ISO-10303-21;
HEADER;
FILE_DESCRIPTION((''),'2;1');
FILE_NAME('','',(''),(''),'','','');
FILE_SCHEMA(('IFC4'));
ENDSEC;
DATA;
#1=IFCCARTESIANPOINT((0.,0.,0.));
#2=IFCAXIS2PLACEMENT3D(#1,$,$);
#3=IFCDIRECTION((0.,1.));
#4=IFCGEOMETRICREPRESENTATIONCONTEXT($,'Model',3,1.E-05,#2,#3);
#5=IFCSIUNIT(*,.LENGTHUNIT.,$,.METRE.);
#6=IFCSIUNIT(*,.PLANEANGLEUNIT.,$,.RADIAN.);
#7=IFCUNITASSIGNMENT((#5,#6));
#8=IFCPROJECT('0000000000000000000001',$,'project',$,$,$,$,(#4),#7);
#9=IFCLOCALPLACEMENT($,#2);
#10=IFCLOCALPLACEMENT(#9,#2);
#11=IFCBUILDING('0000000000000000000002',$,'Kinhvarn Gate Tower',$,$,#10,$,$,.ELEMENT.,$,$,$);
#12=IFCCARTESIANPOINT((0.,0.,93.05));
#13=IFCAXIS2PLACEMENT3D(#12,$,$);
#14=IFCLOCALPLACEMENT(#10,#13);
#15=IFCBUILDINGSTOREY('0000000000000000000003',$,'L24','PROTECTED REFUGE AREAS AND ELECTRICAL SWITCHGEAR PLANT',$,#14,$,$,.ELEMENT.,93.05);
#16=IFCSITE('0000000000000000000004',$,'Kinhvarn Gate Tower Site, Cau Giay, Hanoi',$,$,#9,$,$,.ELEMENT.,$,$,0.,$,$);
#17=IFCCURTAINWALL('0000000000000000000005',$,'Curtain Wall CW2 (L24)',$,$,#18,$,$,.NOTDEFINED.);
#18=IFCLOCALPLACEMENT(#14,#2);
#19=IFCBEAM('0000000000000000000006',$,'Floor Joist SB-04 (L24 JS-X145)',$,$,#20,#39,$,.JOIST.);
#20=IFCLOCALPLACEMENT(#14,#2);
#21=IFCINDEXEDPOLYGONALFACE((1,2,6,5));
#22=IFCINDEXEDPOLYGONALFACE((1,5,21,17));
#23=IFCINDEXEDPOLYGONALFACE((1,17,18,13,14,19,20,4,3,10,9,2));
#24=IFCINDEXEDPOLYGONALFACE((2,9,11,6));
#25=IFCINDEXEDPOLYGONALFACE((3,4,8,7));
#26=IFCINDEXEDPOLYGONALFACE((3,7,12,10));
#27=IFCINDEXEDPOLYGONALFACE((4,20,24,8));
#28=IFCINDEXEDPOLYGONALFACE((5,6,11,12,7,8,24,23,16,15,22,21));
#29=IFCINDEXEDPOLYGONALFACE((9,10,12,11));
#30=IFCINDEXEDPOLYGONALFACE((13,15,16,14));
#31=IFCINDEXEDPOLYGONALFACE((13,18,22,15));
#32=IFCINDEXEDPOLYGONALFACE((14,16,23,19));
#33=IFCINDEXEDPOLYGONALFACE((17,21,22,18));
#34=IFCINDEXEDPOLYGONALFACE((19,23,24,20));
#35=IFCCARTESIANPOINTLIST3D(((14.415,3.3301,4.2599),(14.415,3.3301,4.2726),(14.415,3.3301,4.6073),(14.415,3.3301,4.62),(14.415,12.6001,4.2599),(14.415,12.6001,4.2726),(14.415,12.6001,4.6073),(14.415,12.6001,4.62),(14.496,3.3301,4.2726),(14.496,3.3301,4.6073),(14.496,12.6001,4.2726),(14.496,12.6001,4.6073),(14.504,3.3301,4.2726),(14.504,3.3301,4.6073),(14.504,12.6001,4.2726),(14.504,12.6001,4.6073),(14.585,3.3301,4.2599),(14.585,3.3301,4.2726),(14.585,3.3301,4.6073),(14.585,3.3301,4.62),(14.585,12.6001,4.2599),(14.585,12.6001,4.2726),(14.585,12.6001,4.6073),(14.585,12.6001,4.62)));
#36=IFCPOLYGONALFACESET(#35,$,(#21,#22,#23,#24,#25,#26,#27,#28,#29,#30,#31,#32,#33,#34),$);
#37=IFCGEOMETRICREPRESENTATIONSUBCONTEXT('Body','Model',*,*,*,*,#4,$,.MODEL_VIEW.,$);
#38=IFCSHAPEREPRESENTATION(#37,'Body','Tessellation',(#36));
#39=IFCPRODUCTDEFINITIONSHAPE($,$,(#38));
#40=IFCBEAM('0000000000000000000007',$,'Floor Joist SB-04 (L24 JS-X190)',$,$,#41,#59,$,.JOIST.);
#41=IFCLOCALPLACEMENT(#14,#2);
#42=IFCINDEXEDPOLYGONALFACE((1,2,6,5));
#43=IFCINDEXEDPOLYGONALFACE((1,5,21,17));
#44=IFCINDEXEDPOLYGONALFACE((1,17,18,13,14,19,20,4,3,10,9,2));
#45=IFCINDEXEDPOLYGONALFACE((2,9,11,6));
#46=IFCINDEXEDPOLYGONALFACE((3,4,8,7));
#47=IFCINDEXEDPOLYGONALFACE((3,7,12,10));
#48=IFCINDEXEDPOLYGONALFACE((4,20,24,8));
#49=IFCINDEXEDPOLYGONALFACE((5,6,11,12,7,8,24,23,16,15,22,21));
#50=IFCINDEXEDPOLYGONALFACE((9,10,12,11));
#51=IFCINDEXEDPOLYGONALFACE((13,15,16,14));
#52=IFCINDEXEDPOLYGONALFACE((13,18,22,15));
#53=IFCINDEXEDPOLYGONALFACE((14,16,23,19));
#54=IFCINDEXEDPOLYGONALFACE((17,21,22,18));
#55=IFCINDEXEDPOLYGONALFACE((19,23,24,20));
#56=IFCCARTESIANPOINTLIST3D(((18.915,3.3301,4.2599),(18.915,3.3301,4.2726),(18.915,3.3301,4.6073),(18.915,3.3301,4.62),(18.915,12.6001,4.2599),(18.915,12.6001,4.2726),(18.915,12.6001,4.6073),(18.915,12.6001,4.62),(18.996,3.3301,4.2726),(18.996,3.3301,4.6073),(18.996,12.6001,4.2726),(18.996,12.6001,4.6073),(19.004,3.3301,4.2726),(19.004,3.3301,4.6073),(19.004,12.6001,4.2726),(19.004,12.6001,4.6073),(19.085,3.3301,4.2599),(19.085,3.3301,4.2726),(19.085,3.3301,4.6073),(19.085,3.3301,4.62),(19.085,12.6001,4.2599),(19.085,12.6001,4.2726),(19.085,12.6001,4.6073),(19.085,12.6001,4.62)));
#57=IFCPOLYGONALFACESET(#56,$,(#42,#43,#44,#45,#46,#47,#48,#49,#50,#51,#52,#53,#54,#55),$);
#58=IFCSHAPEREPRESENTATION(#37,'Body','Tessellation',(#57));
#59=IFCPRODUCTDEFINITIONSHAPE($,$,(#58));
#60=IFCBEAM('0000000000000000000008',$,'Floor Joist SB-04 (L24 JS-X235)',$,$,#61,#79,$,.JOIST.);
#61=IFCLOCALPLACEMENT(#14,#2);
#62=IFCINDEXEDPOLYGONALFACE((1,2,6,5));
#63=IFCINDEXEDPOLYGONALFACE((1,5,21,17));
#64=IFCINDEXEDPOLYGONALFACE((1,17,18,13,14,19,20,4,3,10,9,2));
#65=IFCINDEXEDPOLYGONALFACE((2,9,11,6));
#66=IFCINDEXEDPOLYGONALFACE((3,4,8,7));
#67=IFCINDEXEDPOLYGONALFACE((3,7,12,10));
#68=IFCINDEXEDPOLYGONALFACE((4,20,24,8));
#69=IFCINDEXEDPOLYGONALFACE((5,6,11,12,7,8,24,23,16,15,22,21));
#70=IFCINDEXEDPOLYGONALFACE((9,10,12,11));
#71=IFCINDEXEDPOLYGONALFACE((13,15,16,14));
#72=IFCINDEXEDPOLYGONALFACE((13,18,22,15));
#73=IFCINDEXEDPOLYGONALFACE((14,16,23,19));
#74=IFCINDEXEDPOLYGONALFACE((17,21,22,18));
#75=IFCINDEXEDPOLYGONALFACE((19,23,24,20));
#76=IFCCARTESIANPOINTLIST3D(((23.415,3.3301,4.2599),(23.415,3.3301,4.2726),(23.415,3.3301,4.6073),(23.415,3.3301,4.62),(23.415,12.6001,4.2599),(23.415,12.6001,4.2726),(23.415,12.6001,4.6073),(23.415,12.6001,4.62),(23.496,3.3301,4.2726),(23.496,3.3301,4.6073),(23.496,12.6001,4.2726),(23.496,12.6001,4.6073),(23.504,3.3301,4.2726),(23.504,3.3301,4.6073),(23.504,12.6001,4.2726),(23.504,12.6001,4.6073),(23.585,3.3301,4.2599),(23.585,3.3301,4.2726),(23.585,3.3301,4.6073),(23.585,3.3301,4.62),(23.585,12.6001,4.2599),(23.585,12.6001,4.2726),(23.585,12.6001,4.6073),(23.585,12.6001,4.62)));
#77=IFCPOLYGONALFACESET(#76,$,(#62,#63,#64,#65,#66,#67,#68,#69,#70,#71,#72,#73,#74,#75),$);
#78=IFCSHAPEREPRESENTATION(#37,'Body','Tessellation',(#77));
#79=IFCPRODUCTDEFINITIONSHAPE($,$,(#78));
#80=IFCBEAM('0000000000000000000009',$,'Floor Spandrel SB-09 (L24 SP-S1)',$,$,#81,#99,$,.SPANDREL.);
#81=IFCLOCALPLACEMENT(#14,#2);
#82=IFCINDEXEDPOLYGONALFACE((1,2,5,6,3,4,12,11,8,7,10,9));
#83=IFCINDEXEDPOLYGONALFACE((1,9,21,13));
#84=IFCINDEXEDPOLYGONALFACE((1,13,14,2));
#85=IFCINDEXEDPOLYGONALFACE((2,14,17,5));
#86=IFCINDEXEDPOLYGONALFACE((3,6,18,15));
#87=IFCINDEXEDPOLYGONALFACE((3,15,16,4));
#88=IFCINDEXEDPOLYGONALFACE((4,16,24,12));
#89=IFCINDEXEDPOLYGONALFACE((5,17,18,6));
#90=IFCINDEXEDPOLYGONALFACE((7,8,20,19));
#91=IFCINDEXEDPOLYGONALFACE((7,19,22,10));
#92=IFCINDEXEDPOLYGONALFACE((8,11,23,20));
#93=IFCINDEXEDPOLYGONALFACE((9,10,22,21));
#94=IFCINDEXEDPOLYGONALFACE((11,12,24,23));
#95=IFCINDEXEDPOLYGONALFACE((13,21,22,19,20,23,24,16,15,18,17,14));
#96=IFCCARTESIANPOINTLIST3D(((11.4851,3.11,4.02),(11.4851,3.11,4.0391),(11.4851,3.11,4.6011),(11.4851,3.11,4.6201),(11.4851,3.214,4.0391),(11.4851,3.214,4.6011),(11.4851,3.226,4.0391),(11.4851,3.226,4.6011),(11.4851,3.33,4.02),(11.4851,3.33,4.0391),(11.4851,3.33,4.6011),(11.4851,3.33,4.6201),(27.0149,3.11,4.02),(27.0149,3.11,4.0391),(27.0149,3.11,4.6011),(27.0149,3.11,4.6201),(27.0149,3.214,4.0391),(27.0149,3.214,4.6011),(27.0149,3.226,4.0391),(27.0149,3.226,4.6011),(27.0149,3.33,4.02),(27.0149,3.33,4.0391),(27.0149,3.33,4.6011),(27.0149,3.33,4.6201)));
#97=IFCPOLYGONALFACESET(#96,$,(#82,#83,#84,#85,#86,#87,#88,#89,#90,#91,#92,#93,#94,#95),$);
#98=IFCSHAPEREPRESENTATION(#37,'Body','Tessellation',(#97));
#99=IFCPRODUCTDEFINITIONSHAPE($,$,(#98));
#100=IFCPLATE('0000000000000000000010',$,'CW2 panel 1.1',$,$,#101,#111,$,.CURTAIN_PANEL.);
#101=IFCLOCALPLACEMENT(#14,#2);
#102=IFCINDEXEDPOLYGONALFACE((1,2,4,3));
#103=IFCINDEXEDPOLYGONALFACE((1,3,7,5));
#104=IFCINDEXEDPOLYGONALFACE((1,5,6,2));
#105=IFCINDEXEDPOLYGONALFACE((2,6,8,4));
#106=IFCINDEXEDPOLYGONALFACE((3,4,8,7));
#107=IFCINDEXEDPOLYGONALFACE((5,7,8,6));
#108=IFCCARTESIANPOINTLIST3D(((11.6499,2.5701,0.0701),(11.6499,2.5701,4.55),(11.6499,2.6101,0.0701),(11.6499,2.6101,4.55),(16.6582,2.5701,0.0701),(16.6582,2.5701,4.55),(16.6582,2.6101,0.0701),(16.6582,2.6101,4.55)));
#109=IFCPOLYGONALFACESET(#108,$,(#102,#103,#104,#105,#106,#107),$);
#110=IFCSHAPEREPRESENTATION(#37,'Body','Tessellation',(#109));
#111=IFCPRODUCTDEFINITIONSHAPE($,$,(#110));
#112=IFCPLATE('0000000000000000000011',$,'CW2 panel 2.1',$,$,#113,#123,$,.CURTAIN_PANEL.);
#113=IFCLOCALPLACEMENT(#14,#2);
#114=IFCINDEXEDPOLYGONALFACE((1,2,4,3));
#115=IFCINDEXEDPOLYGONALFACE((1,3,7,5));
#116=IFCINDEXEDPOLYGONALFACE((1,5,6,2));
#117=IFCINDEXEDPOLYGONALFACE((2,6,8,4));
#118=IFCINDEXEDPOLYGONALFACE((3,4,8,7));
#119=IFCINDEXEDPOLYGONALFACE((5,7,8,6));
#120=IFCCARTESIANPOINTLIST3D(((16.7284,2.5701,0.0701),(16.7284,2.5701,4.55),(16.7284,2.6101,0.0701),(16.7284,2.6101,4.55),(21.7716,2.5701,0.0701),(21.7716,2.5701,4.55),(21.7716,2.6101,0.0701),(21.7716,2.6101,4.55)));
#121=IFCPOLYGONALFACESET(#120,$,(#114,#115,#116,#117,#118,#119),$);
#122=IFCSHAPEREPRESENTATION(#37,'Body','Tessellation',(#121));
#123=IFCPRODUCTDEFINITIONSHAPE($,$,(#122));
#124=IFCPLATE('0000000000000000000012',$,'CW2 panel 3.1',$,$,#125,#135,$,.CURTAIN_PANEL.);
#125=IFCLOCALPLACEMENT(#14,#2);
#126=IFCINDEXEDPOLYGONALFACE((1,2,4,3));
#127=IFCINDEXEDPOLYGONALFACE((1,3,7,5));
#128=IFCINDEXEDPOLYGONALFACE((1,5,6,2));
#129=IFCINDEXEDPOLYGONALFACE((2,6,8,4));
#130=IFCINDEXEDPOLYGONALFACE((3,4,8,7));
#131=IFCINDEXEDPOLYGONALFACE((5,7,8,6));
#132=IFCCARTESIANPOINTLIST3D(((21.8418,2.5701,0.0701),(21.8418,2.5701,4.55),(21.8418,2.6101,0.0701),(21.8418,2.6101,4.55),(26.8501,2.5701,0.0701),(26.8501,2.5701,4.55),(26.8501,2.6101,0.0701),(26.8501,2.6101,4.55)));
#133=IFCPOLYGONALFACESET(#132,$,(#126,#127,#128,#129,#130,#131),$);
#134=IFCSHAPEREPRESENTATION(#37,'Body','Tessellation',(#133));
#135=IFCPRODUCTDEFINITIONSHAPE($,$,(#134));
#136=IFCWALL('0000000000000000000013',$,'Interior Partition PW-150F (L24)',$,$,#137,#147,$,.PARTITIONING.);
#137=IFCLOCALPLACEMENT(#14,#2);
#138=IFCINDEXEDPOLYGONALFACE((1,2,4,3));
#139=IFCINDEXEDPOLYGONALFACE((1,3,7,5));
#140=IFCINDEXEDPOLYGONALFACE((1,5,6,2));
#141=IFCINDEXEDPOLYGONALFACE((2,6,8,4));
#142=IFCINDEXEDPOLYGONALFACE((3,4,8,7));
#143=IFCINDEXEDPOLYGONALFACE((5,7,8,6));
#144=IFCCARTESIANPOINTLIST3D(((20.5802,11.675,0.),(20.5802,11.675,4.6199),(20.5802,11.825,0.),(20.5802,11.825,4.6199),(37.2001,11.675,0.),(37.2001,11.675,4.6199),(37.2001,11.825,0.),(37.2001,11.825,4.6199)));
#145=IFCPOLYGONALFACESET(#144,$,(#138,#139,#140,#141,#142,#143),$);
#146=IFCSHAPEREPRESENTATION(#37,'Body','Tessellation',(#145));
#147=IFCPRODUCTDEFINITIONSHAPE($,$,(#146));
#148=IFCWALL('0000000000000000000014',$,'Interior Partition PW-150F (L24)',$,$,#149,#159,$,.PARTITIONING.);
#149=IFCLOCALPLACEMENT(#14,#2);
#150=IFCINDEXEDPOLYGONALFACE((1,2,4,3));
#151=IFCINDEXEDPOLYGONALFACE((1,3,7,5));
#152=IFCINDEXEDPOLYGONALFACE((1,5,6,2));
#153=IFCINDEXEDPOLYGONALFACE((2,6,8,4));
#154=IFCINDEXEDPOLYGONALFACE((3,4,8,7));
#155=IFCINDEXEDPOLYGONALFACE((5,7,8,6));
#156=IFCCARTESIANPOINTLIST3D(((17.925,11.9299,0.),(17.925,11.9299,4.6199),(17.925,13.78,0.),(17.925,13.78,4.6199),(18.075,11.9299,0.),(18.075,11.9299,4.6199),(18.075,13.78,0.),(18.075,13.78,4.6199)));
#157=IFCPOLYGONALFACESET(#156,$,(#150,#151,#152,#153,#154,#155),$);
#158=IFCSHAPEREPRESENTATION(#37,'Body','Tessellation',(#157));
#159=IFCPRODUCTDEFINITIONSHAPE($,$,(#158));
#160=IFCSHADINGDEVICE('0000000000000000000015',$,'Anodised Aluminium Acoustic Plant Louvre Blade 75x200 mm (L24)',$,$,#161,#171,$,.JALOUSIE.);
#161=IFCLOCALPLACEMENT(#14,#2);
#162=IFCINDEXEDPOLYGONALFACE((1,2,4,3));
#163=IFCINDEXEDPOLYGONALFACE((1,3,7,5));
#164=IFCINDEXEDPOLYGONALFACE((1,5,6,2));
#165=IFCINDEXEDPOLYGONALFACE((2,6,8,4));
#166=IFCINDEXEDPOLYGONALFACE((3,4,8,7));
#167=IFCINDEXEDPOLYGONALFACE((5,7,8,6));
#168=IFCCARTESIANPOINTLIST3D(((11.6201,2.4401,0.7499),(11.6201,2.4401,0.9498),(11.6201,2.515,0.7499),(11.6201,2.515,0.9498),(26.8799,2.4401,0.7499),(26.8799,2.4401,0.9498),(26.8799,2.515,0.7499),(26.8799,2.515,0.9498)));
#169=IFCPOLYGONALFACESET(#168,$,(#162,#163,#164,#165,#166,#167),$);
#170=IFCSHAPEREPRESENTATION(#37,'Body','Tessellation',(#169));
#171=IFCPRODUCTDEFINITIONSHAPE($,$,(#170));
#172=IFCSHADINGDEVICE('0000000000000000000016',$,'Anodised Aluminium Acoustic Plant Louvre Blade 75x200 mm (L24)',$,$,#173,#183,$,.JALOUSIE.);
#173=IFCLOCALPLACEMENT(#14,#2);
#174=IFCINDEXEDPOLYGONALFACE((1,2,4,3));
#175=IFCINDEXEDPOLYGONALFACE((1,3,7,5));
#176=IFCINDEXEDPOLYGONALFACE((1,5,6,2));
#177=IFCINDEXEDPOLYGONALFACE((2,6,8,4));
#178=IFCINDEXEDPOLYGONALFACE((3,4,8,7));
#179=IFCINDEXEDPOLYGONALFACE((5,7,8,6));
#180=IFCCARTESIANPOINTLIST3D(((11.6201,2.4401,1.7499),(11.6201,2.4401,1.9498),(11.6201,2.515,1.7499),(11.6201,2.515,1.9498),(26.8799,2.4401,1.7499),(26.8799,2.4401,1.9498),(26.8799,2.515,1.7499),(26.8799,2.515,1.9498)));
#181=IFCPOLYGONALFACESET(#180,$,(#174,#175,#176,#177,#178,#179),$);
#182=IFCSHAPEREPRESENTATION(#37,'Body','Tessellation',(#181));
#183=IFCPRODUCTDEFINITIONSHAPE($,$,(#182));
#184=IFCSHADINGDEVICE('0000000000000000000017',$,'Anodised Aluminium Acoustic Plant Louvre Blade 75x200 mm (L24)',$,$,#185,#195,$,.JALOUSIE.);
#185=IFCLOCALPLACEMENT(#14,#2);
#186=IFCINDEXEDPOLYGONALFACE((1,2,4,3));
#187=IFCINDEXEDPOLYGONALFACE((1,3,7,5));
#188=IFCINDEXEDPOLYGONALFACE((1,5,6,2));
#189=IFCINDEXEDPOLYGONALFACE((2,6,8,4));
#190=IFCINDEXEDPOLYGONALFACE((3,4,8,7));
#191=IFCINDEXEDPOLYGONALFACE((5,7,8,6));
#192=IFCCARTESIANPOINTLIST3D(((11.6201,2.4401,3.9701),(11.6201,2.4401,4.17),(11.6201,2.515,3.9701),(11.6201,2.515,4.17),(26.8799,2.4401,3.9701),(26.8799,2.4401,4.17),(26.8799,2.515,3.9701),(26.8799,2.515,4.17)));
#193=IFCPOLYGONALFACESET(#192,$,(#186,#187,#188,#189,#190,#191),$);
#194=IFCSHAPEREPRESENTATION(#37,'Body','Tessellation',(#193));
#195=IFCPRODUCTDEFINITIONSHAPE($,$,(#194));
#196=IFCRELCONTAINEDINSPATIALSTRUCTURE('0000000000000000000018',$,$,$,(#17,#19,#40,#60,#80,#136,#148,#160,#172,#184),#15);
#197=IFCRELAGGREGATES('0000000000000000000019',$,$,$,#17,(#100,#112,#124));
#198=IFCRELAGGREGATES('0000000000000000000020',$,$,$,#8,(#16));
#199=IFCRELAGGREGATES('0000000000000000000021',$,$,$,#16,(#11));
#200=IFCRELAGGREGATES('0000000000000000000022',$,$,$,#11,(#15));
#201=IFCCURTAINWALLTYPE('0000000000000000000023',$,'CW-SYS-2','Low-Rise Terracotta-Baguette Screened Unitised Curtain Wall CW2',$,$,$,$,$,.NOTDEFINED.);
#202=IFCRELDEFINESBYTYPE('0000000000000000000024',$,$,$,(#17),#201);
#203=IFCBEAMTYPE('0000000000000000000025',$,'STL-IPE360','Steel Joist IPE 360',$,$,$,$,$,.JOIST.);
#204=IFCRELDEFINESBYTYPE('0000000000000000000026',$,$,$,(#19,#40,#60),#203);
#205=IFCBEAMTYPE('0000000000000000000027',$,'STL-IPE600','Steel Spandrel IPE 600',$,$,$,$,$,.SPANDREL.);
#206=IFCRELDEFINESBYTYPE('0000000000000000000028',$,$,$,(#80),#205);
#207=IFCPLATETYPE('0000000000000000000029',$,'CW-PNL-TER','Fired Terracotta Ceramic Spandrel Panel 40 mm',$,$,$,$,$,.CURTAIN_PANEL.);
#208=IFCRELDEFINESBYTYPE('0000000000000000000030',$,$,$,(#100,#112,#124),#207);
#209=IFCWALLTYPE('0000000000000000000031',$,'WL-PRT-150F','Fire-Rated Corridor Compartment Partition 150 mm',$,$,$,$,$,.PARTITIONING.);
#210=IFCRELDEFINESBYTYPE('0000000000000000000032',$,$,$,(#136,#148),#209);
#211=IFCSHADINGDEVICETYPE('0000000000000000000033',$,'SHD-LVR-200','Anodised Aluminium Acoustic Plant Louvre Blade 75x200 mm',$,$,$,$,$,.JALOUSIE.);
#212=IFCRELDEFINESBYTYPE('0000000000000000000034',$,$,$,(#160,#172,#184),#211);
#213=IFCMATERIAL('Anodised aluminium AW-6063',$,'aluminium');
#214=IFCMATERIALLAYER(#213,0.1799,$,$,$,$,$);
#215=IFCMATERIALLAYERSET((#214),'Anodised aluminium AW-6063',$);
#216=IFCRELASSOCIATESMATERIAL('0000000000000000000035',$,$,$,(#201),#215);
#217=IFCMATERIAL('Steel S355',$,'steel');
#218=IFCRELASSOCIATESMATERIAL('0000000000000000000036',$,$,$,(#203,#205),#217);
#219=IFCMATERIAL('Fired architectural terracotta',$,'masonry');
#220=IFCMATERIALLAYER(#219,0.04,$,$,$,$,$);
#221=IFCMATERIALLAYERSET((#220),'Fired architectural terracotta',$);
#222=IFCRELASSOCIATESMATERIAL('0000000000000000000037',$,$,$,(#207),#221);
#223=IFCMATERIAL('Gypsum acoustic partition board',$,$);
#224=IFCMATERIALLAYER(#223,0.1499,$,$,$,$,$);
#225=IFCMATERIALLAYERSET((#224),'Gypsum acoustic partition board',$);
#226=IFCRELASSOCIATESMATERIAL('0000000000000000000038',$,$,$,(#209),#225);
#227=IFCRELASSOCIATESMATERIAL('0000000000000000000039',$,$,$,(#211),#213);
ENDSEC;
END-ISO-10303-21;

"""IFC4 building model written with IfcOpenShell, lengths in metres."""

from ifc_helpers import new_model, si_unit, direction, frame, frame_2d, origin, origin_2d, place, context, subcontext, project, spatial, rectangle, i_section, extrude, material, layer, layer_set, material_profile, profile_set, type_object, element, aggregate, save


model = new_model("IFC4")

# Units and contexts
model_context = context("Model", 3, precision=1e-05, world=origin(), true_north=direction((0.0, 1.0)))
body_context = subcontext(model_context, "Body", "Model", "MODEL_VIEW")
ifc_project = project(units=[si_unit("LENGTHUNIT", "METRE"), si_unit("PLANEANGLEUNIT", "RADIAN")], contexts=[model_context])

# Site, building, storey
site_placement = place(None, origin())
site = spatial("IfcSite", under=ifc_project, at=site_placement, Name="Kinhvarn Gate Tower Site, Cau Giay, Hanoi", CompositionType="ELEMENT", RefElevation=0.0)
building_placement = place(site_placement, origin())
building = spatial("IfcBuilding", under=site, at=building_placement, Name="Kinhvarn Gate Tower", CompositionType="ELEMENT")
storey_placement = place(building_placement, frame((0.0, 0.0, 93.05)))
storey = spatial("IfcBuildingStorey", under=building, at=storey_placement, Name="L24", Description="PROTECTED REFUGE AREAS AND ELECTRICAL SWITCHGEAR PLANT", CompositionType="ELEMENT", Elevation=93.05)

# Curtain wall
ifc_material_1 = material(Name="Anodised aluminium AW-6063", Category="aluminium")
ifc_layer_1 = layer(ifc_material_1, 0.1799)
ifc_layer_set_1 = layer_set([ifc_layer_1], Name="Anodised aluminium AW-6063")
curtain_wall_type = type_object("IfcCurtainWallType", Name="CW-SYS-2", Description="Low-Rise Terracotta-Baguette Screened Unitised Curtain Wall CW2", PredefinedType="NOTDEFINED", material=ifc_layer_set_1)
curtain_wall_placement = place(storey_placement, origin())
curtain_wall = element("IfcCurtainWall", 1, at=curtain_wall_placement, inside=storey, type_object=curtain_wall_type, Name="Curtain Wall CW2 (L24)", PredefinedType="NOTDEFINED")

# Beams
ifc_material_2 = material(Name="Steel S355", Category="steel")
ifc_material_profile_1 = material_profile(ifc_material_2, i_section(OverallWidth=0.1699, OverallDepth=0.3601, WebThickness=0.0081, FlangeThickness=0.0127, at=origin_2d()), Name="IPE 360")
ifc_profile_set_1 = profile_set([ifc_material_profile_1], Name="Steel S355")
beam_type_1 = type_object("IfcBeamType", Name="STL-IPE360", Description="Steel Joist IPE 360", PredefinedType="JOIST", material=ifc_profile_set_1)
for number, where, z_axis, x_axis, name in (
    (2, (14.5, 3.3301, 4.4399), (0.0, 1.0, 0.0), (-1.0, 0.0, 0.0), "Floor Joist SB-04 (L24 JS-X145)"),
    (3, (19.0, 3.3301, 4.4399), (0.0, 1.0, 0.0), (-1.0, 0.0, 0.0), "Floor Joist SB-04 (L24 JS-X190)"),
    (4, (23.5, 3.3301, 4.4399), (0.0, 1.0, 0.0), (-1.0, 0.0, 0.0), "Floor Joist SB-04 (L24 JS-X235)"),
):
    element("IfcBeam", number, at=place(storey_placement, frame(where, z_axis=z_axis, x_axis=x_axis)), inside=storey, type_object=beam_type_1, Name=name, PredefinedType="JOIST", context=body_context, shape_type="SweptSolid", body=[
        extrude(i_section(OverallWidth=0.1699, OverallDepth=0.3601, WebThickness=0.0081, FlangeThickness=0.0127, at=origin_2d()), origin(), (0.0, 0.0, 1.0), 9.27),
    ])
ifc_material_profile_2 = material_profile(ifc_material_2, i_section(OverallWidth=0.22, OverallDepth=0.6001, WebThickness=0.012, FlangeThickness=0.019, at=origin_2d()), Name="IPE 600")
ifc_profile_set_2 = profile_set([ifc_material_profile_2], Name="Steel S355")
beam_type_2 = type_object("IfcBeamType", Name="STL-IPE600", Description="Steel Spandrel IPE 600", PredefinedType="SPANDREL", material=ifc_profile_set_2)
beam_1_placement = place(storey_placement, frame((11.4851, 3.22, 4.3201), z_axis=(1.0, 0.0, 0.0), x_axis=(0.0, 1.0, 0.0)))
element("IfcBeam", 5, at=beam_1_placement, inside=storey, type_object=beam_type_2, Name="Floor Spandrel SB-09 (L24 SP-S1)", PredefinedType="SPANDREL", context=body_context, shape_type="SweptSolid", body=[
    extrude(i_section(OverallWidth=0.22, OverallDepth=0.6001, WebThickness=0.012, FlangeThickness=0.019, at=origin_2d()), origin(), (0.0, 0.0, 1.0), 15.5298),
])

# Plates
ifc_material_3 = material(Name="Fired architectural terracotta", Category="masonry")
ifc_layer_2 = layer(ifc_material_3, 0.04)
ifc_layer_set_2 = layer_set([ifc_layer_2], Name="Fired architectural terracotta")
plate_type = type_object("IfcPlateType", Name="CW-PNL-TER", Description="Fired Terracotta Ceramic Spandrel Panel 40 mm", PredefinedType="CURTAIN_PANEL", material=ifc_layer_set_2)
plate_1_placement = place(storey_placement, frame((14.1541, 2.5901, 0.0701), z_axis=(0.0, 0.0, 1.0), x_axis=(1.0, 0.0, 0.0)))
plate_1 = element("IfcPlate", 6, at=plate_1_placement, type_object=plate_type, Name="CW2 panel 1.1", PredefinedType="CURTAIN_PANEL", context=body_context, shape_type="SweptSolid", body=[
    extrude(rectangle(XDim=5.0083, YDim=0.04, at=origin_2d()), origin(), (0.0, 0.0, 1.0), 4.48),
])
plate_2_placement = place(storey_placement, frame((19.25, 2.5901, 0.0701), z_axis=(0.0, 0.0, 1.0), x_axis=(1.0, 0.0, 0.0)))
plate_2 = element("IfcPlate", 7, at=plate_2_placement, type_object=plate_type, Name="CW2 panel 2.1", PredefinedType="CURTAIN_PANEL", context=body_context, shape_type="SweptSolid", body=[
    extrude(rectangle(XDim=5.0432, YDim=0.04, at=origin_2d()), origin(), (0.0, 0.0, 1.0), 4.48),
])
plate_3_placement = place(storey_placement, frame((24.3459, 2.5901, 0.0701), z_axis=(0.0, 0.0, 1.0), x_axis=(1.0, 0.0, 0.0)))
plate_3 = element("IfcPlate", 8, at=plate_3_placement, type_object=plate_type, Name="CW2 panel 3.1", PredefinedType="CURTAIN_PANEL", context=body_context, shape_type="SweptSolid", body=[
    extrude(rectangle(XDim=5.0083, YDim=0.04, at=origin_2d()), origin(), (0.0, 0.0, 1.0), 4.48),
])
aggregate(curtain_wall, [plate_1, plate_2, plate_3])

# Shared definitions
ifc_material_4 = material(Name="Gypsum acoustic partition board")
ifc_layer_3 = layer(ifc_material_4, 0.1499)
ifc_layer_set_3 = layer_set([ifc_layer_3], Name="Gypsum acoustic partition board")
wall_type = type_object("IfcWallType", Name="WL-PRT-150F", Description="Fire-Rated Corridor Compartment Partition 150 mm", PredefinedType="PARTITIONING", material=ifc_layer_set_3)

# Walls
wall_1_placement = place(storey_placement, frame((20.5801, 11.75, 0.0), z_axis=(0.0, 0.0, 1.0), x_axis=(1.0, 0.0, 0.0)))
element("IfcWall", 9, at=wall_1_placement, inside=storey, type_object=wall_type, Name="Interior Partition PW-150F (L24)", PredefinedType="PARTITIONING", context=body_context, shape_type="SweptSolid", body=[
    extrude(rectangle(XDim=16.6199, YDim=0.1499, at=frame_2d((8.3101, 0.0))), origin(), (0.0, 0.0, 1.0), 4.6199),
])
wall_2_placement = place(storey_placement, frame((18.0, 11.9299, 0.0), z_axis=(0.0, 0.0, 1.0), x_axis=(0.0, 1.0, 0.0)))
element("IfcWall", 10, at=wall_2_placement, inside=storey, type_object=wall_type, Name="Interior Partition PW-150F (L24)", PredefinedType="PARTITIONING", context=body_context, shape_type="SweptSolid", body=[
    extrude(rectangle(XDim=1.8501, YDim=0.1499, at=frame_2d((0.925, 0.0))), origin(), (0.0, 0.0, 1.0), 4.6199),
])

# Shading devices
ifc_material_profile_3 = material_profile(ifc_material_1, rectangle(XDim=0.075, YDim=0.2, at=origin_2d()), Name="LOUVRE 75x200")
ifc_profile_set_3 = profile_set([ifc_material_profile_3], Name="Anodised aluminium AW-6063")
shading_device_type = type_object("IfcShadingDeviceType", Name="SHD-LVR-200", Description="Anodised Aluminium Acoustic Plant Louvre Blade 75x200 mm", PredefinedType="JALOUSIE", material=ifc_profile_set_3)
for number, where, z_axis, x_axis, name in (
    (11, (11.6201, 2.4775, 0.8499), (1.0, 0.0, 0.0), (0.0, 1.0, 0.0), "Anodised Aluminium Acoustic Plant Louvre Blade 75x200 mm (L24)"),
    (12, (11.6201, 2.4775, 1.8499), (1.0, 0.0, 0.0), (0.0, 1.0, 0.0), "Anodised Aluminium Acoustic Plant Louvre Blade 75x200 mm (L24)"),
    (13, (11.6201, 2.4775, 4.0701), (1.0, 0.0, 0.0), (0.0, 1.0, 0.0), "Anodised Aluminium Acoustic Plant Louvre Blade 75x200 mm (L24)"),
):
    element("IfcShadingDevice", number, at=place(storey_placement, frame(where, z_axis=z_axis, x_axis=x_axis)), inside=storey, type_object=shading_device_type, Name=name, PredefinedType="JALOUSIE", context=body_context, shape_type="SweptSolid", body=[
        extrude(rectangle(XDim=0.075, YDim=0.2, at=origin_2d()), origin(), (0.0, 0.0, 1.0), 15.2598),
    ])

save(model, "model.ifc")
